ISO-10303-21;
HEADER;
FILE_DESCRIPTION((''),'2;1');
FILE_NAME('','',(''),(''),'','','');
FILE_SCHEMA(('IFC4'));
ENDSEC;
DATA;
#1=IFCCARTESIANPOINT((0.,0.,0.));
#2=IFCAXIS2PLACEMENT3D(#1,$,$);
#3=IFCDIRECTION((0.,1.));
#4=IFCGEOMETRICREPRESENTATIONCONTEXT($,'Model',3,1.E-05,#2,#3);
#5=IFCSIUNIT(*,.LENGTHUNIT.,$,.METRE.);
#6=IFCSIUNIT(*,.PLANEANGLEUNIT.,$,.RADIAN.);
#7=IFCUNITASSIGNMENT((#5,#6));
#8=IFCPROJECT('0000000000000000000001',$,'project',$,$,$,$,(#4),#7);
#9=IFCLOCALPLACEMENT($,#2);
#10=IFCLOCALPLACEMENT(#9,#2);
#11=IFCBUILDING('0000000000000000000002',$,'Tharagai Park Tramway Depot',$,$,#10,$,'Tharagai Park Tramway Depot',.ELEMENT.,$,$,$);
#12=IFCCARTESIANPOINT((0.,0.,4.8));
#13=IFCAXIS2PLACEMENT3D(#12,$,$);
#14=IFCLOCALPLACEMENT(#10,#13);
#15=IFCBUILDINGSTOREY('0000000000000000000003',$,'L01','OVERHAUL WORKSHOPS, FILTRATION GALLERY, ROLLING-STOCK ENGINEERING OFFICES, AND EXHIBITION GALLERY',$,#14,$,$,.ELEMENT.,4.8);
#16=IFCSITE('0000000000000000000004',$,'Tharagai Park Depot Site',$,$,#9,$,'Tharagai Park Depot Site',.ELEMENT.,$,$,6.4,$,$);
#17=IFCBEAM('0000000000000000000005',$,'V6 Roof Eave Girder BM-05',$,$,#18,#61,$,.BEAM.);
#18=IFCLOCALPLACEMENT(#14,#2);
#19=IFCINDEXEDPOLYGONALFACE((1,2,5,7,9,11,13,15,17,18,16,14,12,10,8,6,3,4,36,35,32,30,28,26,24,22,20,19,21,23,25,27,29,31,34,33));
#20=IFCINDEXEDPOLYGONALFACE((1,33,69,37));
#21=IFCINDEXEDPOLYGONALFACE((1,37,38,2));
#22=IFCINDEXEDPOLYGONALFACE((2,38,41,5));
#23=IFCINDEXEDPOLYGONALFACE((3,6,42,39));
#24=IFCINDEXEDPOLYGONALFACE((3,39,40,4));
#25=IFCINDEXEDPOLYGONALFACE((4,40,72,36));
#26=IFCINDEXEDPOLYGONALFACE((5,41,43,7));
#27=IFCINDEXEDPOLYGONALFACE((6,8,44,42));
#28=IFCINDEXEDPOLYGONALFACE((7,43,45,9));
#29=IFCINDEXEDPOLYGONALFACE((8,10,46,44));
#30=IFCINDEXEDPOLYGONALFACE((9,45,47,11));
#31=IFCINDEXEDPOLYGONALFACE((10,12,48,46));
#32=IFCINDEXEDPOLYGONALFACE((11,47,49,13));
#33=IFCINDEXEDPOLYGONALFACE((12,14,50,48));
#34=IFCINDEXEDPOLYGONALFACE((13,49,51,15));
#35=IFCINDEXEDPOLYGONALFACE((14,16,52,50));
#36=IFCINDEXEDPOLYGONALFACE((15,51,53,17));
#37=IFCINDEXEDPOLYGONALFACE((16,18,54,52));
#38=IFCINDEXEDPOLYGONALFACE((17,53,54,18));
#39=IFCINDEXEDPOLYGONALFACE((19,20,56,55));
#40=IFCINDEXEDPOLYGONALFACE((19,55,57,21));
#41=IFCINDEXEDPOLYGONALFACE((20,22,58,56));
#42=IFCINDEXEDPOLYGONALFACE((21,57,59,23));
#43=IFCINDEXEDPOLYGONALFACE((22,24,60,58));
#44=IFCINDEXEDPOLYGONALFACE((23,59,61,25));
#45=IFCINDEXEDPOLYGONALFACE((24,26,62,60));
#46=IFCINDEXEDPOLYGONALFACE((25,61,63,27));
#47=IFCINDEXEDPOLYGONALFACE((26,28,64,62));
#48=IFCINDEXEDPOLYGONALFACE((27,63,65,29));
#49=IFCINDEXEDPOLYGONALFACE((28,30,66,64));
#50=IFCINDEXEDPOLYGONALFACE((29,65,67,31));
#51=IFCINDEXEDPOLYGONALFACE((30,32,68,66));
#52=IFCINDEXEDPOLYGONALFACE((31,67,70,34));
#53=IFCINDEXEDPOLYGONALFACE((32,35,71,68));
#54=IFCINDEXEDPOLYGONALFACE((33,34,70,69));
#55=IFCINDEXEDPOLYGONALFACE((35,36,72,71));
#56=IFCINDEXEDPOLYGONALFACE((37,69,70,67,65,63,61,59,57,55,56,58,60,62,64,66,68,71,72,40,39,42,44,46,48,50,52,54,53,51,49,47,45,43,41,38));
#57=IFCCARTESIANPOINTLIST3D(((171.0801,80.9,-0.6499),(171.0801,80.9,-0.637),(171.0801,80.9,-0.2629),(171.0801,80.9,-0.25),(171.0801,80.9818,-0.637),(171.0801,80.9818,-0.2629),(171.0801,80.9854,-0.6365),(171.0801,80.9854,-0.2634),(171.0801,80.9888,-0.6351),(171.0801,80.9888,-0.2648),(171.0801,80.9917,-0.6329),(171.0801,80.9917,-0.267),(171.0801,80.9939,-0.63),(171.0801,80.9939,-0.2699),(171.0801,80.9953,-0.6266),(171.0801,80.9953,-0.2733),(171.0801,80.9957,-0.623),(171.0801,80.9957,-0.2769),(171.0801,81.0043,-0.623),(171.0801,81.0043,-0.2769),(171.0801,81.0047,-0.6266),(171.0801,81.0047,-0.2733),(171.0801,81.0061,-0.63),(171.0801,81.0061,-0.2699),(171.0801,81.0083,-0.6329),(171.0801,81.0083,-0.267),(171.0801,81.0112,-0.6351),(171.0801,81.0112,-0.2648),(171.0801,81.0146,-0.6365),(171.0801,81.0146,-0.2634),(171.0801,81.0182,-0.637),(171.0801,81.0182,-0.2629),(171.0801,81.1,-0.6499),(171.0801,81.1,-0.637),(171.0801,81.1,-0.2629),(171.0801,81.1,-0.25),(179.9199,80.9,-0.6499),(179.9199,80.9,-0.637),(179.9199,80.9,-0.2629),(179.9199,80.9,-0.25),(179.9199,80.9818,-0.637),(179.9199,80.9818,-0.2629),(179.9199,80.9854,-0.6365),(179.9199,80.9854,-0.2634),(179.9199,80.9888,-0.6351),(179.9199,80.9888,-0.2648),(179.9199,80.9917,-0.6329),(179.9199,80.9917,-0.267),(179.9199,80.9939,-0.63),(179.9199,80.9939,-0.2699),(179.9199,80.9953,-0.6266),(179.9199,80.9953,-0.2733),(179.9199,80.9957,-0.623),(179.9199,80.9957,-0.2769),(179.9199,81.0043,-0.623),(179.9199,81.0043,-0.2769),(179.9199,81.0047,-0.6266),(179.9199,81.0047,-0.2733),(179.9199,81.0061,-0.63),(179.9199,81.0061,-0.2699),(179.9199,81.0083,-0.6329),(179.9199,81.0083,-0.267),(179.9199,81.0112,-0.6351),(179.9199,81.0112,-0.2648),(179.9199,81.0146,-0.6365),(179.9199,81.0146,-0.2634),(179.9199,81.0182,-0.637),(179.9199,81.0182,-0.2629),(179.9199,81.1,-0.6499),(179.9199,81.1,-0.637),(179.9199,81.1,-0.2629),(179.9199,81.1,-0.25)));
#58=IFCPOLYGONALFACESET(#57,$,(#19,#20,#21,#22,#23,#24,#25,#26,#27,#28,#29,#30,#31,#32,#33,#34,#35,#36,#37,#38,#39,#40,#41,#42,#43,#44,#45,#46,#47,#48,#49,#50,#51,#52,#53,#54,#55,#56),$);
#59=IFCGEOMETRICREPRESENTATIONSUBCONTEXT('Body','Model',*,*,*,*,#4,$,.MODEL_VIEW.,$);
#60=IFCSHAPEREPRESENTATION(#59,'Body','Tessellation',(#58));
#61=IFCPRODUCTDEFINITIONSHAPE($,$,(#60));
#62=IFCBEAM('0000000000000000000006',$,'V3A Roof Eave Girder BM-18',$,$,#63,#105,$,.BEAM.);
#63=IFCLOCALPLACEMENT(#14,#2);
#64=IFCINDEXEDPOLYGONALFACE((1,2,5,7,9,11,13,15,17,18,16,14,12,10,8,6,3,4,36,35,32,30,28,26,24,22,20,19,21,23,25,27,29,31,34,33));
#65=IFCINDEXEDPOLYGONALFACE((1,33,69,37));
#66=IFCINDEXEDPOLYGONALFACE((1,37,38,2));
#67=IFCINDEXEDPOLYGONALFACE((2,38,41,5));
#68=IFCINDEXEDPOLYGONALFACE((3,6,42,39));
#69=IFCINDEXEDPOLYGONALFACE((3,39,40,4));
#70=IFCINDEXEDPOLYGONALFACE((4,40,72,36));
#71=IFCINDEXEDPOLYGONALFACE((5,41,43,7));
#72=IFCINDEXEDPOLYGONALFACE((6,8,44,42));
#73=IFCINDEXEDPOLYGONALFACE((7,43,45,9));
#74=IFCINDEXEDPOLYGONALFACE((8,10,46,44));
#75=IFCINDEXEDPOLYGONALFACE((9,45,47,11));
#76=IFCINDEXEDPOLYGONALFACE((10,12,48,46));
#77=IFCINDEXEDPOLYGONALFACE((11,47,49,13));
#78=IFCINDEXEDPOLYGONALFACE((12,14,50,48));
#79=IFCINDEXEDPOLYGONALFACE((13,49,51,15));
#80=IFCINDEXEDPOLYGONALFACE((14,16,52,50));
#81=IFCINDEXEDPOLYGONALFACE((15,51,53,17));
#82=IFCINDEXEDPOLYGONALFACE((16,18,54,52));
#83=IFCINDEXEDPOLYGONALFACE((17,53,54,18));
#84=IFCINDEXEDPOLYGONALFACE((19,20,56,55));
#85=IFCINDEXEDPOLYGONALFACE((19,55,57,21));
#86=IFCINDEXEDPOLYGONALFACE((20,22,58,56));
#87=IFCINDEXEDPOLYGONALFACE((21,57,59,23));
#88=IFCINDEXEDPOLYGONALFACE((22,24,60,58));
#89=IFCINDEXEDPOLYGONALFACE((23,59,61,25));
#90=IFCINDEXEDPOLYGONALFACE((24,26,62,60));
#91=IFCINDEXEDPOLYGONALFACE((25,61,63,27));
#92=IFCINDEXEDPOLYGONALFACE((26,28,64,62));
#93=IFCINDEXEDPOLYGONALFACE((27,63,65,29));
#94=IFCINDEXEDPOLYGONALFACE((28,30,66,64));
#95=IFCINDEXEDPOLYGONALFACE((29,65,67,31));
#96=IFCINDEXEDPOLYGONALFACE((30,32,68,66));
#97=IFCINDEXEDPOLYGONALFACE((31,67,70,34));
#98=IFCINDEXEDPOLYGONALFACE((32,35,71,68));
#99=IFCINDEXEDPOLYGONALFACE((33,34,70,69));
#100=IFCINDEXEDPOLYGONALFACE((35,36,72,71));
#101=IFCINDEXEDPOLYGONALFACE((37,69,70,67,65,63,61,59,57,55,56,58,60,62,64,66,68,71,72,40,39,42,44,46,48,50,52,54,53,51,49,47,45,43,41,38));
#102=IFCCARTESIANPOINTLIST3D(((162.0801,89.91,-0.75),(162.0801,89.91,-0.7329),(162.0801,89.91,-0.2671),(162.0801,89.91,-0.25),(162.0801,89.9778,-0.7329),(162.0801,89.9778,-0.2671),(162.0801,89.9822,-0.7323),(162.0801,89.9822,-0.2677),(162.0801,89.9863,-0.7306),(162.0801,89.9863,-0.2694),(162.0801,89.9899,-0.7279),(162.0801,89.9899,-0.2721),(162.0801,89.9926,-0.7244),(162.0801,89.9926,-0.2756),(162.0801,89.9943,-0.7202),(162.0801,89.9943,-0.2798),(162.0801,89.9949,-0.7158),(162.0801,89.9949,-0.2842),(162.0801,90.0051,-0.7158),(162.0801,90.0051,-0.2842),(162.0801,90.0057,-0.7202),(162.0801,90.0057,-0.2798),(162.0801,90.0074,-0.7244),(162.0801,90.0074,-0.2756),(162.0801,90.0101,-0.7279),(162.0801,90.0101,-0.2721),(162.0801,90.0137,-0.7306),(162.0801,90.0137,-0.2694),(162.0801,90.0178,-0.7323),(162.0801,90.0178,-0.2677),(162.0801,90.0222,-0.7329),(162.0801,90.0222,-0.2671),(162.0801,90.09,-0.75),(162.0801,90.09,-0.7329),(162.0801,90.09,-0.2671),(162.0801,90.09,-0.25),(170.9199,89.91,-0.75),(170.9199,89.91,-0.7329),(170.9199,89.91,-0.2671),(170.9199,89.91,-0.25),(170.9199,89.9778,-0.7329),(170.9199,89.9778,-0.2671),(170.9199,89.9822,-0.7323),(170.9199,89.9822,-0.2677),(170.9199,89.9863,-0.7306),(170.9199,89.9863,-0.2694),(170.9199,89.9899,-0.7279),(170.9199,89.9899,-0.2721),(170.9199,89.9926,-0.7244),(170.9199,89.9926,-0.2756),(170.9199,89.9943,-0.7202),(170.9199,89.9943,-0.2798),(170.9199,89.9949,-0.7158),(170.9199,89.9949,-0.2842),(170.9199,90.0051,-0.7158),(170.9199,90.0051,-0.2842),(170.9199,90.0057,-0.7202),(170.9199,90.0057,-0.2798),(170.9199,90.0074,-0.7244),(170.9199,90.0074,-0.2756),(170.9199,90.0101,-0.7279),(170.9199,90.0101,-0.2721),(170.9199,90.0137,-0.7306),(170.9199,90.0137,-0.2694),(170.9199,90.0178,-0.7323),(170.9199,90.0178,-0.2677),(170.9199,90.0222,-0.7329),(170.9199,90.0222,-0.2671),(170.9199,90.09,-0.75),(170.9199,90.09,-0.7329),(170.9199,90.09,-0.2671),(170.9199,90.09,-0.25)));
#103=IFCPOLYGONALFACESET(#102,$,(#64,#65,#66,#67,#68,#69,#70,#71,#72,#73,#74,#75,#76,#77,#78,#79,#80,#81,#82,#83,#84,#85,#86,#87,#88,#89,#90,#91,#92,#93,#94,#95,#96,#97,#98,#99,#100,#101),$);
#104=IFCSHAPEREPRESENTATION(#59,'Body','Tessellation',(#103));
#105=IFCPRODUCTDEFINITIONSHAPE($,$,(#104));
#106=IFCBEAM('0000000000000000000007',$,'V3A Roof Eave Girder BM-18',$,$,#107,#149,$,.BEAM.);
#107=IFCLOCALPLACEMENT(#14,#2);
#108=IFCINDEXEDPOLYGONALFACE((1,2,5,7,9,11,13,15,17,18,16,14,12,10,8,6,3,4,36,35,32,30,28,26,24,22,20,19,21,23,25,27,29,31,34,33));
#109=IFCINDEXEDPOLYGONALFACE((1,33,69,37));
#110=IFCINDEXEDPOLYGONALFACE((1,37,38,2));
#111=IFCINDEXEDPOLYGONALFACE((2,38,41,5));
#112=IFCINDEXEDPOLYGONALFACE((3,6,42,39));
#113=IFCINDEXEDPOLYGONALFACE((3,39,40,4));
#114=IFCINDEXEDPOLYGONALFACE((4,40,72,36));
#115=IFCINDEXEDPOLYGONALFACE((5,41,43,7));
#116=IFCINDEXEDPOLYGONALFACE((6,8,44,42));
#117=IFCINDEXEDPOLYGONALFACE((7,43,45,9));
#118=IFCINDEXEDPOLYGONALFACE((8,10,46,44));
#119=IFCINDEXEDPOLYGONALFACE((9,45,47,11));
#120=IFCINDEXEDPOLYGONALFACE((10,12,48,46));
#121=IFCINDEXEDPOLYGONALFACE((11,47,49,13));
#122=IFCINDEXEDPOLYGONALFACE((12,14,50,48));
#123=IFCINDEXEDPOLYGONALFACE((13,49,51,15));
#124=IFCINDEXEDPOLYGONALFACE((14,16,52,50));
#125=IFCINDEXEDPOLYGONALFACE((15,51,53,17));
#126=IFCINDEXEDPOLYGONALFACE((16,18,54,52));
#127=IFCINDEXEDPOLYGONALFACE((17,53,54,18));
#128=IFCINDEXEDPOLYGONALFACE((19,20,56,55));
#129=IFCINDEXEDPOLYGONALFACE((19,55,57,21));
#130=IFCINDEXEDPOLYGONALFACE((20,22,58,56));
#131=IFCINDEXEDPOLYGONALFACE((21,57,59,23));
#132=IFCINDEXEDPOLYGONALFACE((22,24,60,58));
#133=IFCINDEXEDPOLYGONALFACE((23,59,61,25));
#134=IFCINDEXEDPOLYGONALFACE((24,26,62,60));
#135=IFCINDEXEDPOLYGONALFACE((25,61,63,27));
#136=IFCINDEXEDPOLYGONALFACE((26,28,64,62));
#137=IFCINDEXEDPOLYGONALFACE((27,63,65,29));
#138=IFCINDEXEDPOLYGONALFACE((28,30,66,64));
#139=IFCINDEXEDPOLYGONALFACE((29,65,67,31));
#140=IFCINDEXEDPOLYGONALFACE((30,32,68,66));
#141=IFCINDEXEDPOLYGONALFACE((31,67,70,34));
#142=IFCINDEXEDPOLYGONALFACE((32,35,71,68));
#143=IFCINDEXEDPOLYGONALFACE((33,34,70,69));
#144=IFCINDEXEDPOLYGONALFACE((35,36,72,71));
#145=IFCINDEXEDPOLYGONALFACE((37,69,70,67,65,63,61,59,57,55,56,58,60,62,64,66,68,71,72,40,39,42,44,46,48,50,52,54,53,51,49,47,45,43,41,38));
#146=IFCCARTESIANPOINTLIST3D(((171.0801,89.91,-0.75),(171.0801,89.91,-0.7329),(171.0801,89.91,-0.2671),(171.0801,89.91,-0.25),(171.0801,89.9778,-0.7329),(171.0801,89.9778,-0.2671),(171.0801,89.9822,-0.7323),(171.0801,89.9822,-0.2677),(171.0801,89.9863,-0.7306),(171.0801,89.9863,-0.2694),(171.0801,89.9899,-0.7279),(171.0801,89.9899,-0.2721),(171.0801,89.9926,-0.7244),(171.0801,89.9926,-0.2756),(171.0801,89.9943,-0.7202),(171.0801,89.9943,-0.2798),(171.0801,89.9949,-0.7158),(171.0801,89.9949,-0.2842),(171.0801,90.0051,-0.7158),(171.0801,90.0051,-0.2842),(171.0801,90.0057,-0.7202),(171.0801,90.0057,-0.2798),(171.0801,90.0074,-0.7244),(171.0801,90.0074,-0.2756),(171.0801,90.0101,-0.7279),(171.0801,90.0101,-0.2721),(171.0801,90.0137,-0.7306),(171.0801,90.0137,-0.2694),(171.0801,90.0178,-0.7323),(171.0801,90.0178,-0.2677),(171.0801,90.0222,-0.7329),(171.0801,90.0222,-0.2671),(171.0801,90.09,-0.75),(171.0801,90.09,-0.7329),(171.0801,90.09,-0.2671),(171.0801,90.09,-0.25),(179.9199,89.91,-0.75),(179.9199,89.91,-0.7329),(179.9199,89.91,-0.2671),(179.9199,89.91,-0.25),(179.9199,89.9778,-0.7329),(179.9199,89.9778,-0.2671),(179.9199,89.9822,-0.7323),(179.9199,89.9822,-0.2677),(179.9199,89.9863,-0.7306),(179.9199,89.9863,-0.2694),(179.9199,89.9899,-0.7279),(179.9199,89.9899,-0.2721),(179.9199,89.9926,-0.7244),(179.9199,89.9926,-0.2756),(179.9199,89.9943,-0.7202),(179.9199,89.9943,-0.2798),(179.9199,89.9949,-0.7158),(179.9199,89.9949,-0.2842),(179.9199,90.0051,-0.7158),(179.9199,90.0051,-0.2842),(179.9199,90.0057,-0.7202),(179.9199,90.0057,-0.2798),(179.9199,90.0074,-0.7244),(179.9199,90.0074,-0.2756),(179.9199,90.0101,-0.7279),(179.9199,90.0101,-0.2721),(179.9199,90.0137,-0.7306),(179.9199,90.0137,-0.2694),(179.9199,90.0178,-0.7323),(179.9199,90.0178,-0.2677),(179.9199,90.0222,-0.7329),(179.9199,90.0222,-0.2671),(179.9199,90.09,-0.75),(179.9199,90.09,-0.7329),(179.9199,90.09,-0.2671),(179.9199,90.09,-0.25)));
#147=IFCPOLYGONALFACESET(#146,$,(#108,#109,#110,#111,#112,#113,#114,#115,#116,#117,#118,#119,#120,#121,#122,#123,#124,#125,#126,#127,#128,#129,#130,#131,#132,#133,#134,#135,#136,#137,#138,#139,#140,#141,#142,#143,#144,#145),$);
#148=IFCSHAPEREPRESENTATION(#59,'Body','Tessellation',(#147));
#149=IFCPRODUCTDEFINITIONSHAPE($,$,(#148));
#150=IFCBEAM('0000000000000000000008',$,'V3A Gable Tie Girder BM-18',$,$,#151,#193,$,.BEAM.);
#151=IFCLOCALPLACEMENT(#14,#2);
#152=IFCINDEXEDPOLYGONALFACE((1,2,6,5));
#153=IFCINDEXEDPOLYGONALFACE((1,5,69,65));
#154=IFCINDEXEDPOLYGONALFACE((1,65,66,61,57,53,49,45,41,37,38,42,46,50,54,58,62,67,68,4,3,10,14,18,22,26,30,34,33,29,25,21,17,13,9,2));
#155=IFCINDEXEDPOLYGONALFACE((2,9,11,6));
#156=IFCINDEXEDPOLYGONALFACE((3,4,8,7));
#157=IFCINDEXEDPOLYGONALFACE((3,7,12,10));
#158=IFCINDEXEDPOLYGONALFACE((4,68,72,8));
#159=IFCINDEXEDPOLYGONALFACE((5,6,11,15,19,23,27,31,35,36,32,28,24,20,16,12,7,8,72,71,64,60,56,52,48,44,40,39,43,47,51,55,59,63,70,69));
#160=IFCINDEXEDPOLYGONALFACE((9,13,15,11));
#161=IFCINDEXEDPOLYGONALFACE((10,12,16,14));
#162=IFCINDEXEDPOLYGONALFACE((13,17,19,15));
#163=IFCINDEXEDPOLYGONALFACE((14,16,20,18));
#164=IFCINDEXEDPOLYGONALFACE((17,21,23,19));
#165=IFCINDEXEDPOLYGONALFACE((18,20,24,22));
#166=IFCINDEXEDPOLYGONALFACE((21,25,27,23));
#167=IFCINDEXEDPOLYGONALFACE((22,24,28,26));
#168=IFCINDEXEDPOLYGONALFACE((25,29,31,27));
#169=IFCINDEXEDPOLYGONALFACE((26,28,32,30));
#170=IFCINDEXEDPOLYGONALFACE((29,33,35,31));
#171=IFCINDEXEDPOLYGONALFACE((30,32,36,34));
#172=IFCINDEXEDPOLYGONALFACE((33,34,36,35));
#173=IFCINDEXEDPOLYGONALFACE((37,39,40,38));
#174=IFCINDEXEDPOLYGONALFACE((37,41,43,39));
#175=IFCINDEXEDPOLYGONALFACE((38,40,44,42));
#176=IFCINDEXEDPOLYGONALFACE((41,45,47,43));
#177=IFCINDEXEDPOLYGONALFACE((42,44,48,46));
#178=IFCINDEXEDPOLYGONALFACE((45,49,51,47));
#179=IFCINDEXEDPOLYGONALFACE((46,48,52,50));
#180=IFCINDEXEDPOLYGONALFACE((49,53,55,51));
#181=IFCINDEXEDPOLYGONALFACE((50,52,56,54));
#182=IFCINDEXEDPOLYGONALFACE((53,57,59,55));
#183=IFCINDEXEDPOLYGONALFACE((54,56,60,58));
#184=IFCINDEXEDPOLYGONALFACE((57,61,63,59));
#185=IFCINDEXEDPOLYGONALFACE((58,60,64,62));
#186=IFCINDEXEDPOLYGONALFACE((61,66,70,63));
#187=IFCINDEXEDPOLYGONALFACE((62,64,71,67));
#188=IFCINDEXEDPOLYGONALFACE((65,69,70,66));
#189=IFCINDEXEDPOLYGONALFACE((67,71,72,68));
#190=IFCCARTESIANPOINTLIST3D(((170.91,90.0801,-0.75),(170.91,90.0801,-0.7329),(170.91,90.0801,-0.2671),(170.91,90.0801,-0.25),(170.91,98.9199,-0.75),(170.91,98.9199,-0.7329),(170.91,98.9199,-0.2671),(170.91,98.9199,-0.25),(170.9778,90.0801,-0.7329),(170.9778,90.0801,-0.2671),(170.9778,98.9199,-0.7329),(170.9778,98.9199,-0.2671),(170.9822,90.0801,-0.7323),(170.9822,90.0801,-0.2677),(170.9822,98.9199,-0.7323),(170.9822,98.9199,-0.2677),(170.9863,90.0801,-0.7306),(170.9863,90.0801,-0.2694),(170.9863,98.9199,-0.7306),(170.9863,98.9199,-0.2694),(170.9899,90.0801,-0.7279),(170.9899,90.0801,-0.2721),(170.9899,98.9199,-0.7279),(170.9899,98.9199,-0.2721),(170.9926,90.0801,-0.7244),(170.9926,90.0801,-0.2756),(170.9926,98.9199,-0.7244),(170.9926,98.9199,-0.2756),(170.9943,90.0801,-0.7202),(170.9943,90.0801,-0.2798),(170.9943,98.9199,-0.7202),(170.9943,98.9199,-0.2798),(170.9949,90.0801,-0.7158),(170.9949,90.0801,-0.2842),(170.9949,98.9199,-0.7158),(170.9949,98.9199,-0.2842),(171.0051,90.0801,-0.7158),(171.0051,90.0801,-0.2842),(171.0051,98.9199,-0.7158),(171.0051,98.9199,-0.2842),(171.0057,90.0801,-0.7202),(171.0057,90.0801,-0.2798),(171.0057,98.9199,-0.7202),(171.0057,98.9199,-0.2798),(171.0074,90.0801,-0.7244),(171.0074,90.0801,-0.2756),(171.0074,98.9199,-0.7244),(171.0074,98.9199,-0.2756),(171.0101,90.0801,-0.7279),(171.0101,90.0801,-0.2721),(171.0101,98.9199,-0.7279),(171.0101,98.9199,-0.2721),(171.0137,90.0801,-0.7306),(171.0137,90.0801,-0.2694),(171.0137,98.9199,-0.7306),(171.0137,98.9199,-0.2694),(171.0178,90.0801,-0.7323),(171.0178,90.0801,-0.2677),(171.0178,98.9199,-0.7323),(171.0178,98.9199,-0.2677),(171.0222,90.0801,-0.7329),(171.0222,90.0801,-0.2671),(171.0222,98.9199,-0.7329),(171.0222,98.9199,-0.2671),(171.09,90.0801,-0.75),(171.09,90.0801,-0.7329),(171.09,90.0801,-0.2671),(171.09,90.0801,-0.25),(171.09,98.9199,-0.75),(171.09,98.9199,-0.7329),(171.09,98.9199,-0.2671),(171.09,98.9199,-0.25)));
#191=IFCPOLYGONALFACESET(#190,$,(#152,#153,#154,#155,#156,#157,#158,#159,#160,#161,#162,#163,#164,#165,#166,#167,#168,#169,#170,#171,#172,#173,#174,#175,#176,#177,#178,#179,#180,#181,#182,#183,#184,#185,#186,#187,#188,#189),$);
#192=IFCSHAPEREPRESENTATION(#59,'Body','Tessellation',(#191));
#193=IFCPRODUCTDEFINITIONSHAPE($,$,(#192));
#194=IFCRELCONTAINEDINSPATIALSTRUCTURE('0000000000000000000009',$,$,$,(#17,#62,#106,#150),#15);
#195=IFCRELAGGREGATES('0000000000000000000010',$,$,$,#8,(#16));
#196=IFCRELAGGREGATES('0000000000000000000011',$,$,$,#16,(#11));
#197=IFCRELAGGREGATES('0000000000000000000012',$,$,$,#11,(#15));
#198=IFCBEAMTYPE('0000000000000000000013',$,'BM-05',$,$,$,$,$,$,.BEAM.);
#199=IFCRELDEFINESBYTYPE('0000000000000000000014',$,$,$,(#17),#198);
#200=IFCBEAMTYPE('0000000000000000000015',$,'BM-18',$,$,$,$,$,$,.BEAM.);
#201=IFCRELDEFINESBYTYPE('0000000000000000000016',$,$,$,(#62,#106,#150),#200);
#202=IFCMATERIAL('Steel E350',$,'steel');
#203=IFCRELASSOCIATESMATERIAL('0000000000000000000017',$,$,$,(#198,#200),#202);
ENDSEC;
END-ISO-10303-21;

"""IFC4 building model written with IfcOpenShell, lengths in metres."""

from ifc_helpers import new_model, si_unit, direction, frame, origin, origin_2d, place, context, subcontext, project, spatial, i_section, extrude, material, material_profile, profile_set, type_object, element, save


model = new_model("IFC4")

# Units and contexts
model_context = context("Model", 3, precision=1e-05, world=origin(), true_north=direction((0.0, 1.0)))
body_context = subcontext(model_context, "Body", "Model", "MODEL_VIEW")
ifc_project = project(units=[si_unit("LENGTHUNIT", "METRE"), si_unit("PLANEANGLEUNIT", "RADIAN")], contexts=[model_context])

# Site, building, storey
site_placement = place(None, origin())
site = spatial("IfcSite", under=ifc_project, at=site_placement, Name="Tharagai Park Depot Site", LongName="Tharagai Park Depot Site", CompositionType="ELEMENT", RefElevation=6.4)
building_placement = place(site_placement, origin())
building = spatial("IfcBuilding", under=site, at=building_placement, Name="Tharagai Park Tramway Depot", LongName="Tharagai Park Tramway Depot", CompositionType="ELEMENT")
storey_placement = place(building_placement, frame((0.0, 0.0, 4.8)))
storey = spatial("IfcBuildingStorey", under=building, at=storey_placement, Name="L01", Description="OVERHAUL WORKSHOPS, FILTRATION GALLERY, ROLLING-STOCK ENGINEERING OFFICES, AND EXHIBITION GALLERY", CompositionType="ELEMENT", Elevation=4.8)

# Beams
ifc_material_1 = material(Name="Steel E350", Category="steel")
ifc_material_profile_1 = material_profile(ifc_material_1, i_section(OverallWidth=0.2, OverallDepth=0.3999, WebThickness=0.0085, FlangeThickness=0.0129, FilletRadius=0.0139, at=origin_2d()), Name="ISWB 400")
ifc_profile_set_1 = profile_set([ifc_material_profile_1], Name="Steel E350")
beam_type_1 = type_object("IfcBeamType", Name="BM-05", PredefinedType="BEAM", material=ifc_profile_set_1)
beam_placement = place(storey_placement, frame((171.0801, 81.0, -0.45), z_axis=(1.0, 0.0, 0.0), x_axis=(0.0, 1.0, 0.0)))
element("IfcBeam", 1, at=beam_placement, inside=storey, type_object=beam_type_1, Name="V6 Roof Eave Girder BM-05", PredefinedType="BEAM", context=body_context, shape_type="SweptSolid", body=[
    extrude(i_section(OverallWidth=0.2, OverallDepth=0.3999, WebThickness=0.0085, FlangeThickness=0.0129, FilletRadius=0.0139, at=origin_2d()), origin(), (0.0, 0.0, 1.0), 8.8398),
])
ifc_material_profile_2 = material_profile(ifc_material_1, i_section(OverallWidth=0.1799, OverallDepth=0.5, WebThickness=0.0103, FlangeThickness=0.0171, FilletRadius=0.0171, at=origin_2d()), Name="ISMB 500")
ifc_profile_set_2 = profile_set([ifc_material_profile_2], Name="Steel E350")
beam_type_2 = type_object("IfcBeamType", Name="BM-18", PredefinedType="BEAM", material=ifc_profile_set_2)
for number, where, z_axis, x_axis, name in (
    (2, (162.0801, 90.0, -0.5), (1.0, 0.0, 0.0), (0.0, 1.0, 0.0), "V3A Roof Eave Girder BM-18"),
    (3, (171.0801, 90.0, -0.5), (1.0, 0.0, 0.0), (0.0, 1.0, 0.0), "V3A Roof Eave Girder BM-18"),
    (4, (171.0, 90.0801, -0.5), (0.0, 1.0, 0.0), (-1.0, 0.0, 0.0), "V3A Gable Tie Girder BM-18"),
):
    element("IfcBeam", number, at=place(storey_placement, frame(where, z_axis=z_axis, x_axis=x_axis)), inside=storey, type_object=beam_type_2, Name=name, PredefinedType="BEAM", context=body_context, shape_type="SweptSolid", body=[
        extrude(i_section(OverallWidth=0.1799, OverallDepth=0.5, WebThickness=0.0103, FlangeThickness=0.0171, FilletRadius=0.0171, at=origin_2d()), origin(), (0.0, 0.0, 1.0), 8.8398),
    ])

save(model, "model.ifc")
